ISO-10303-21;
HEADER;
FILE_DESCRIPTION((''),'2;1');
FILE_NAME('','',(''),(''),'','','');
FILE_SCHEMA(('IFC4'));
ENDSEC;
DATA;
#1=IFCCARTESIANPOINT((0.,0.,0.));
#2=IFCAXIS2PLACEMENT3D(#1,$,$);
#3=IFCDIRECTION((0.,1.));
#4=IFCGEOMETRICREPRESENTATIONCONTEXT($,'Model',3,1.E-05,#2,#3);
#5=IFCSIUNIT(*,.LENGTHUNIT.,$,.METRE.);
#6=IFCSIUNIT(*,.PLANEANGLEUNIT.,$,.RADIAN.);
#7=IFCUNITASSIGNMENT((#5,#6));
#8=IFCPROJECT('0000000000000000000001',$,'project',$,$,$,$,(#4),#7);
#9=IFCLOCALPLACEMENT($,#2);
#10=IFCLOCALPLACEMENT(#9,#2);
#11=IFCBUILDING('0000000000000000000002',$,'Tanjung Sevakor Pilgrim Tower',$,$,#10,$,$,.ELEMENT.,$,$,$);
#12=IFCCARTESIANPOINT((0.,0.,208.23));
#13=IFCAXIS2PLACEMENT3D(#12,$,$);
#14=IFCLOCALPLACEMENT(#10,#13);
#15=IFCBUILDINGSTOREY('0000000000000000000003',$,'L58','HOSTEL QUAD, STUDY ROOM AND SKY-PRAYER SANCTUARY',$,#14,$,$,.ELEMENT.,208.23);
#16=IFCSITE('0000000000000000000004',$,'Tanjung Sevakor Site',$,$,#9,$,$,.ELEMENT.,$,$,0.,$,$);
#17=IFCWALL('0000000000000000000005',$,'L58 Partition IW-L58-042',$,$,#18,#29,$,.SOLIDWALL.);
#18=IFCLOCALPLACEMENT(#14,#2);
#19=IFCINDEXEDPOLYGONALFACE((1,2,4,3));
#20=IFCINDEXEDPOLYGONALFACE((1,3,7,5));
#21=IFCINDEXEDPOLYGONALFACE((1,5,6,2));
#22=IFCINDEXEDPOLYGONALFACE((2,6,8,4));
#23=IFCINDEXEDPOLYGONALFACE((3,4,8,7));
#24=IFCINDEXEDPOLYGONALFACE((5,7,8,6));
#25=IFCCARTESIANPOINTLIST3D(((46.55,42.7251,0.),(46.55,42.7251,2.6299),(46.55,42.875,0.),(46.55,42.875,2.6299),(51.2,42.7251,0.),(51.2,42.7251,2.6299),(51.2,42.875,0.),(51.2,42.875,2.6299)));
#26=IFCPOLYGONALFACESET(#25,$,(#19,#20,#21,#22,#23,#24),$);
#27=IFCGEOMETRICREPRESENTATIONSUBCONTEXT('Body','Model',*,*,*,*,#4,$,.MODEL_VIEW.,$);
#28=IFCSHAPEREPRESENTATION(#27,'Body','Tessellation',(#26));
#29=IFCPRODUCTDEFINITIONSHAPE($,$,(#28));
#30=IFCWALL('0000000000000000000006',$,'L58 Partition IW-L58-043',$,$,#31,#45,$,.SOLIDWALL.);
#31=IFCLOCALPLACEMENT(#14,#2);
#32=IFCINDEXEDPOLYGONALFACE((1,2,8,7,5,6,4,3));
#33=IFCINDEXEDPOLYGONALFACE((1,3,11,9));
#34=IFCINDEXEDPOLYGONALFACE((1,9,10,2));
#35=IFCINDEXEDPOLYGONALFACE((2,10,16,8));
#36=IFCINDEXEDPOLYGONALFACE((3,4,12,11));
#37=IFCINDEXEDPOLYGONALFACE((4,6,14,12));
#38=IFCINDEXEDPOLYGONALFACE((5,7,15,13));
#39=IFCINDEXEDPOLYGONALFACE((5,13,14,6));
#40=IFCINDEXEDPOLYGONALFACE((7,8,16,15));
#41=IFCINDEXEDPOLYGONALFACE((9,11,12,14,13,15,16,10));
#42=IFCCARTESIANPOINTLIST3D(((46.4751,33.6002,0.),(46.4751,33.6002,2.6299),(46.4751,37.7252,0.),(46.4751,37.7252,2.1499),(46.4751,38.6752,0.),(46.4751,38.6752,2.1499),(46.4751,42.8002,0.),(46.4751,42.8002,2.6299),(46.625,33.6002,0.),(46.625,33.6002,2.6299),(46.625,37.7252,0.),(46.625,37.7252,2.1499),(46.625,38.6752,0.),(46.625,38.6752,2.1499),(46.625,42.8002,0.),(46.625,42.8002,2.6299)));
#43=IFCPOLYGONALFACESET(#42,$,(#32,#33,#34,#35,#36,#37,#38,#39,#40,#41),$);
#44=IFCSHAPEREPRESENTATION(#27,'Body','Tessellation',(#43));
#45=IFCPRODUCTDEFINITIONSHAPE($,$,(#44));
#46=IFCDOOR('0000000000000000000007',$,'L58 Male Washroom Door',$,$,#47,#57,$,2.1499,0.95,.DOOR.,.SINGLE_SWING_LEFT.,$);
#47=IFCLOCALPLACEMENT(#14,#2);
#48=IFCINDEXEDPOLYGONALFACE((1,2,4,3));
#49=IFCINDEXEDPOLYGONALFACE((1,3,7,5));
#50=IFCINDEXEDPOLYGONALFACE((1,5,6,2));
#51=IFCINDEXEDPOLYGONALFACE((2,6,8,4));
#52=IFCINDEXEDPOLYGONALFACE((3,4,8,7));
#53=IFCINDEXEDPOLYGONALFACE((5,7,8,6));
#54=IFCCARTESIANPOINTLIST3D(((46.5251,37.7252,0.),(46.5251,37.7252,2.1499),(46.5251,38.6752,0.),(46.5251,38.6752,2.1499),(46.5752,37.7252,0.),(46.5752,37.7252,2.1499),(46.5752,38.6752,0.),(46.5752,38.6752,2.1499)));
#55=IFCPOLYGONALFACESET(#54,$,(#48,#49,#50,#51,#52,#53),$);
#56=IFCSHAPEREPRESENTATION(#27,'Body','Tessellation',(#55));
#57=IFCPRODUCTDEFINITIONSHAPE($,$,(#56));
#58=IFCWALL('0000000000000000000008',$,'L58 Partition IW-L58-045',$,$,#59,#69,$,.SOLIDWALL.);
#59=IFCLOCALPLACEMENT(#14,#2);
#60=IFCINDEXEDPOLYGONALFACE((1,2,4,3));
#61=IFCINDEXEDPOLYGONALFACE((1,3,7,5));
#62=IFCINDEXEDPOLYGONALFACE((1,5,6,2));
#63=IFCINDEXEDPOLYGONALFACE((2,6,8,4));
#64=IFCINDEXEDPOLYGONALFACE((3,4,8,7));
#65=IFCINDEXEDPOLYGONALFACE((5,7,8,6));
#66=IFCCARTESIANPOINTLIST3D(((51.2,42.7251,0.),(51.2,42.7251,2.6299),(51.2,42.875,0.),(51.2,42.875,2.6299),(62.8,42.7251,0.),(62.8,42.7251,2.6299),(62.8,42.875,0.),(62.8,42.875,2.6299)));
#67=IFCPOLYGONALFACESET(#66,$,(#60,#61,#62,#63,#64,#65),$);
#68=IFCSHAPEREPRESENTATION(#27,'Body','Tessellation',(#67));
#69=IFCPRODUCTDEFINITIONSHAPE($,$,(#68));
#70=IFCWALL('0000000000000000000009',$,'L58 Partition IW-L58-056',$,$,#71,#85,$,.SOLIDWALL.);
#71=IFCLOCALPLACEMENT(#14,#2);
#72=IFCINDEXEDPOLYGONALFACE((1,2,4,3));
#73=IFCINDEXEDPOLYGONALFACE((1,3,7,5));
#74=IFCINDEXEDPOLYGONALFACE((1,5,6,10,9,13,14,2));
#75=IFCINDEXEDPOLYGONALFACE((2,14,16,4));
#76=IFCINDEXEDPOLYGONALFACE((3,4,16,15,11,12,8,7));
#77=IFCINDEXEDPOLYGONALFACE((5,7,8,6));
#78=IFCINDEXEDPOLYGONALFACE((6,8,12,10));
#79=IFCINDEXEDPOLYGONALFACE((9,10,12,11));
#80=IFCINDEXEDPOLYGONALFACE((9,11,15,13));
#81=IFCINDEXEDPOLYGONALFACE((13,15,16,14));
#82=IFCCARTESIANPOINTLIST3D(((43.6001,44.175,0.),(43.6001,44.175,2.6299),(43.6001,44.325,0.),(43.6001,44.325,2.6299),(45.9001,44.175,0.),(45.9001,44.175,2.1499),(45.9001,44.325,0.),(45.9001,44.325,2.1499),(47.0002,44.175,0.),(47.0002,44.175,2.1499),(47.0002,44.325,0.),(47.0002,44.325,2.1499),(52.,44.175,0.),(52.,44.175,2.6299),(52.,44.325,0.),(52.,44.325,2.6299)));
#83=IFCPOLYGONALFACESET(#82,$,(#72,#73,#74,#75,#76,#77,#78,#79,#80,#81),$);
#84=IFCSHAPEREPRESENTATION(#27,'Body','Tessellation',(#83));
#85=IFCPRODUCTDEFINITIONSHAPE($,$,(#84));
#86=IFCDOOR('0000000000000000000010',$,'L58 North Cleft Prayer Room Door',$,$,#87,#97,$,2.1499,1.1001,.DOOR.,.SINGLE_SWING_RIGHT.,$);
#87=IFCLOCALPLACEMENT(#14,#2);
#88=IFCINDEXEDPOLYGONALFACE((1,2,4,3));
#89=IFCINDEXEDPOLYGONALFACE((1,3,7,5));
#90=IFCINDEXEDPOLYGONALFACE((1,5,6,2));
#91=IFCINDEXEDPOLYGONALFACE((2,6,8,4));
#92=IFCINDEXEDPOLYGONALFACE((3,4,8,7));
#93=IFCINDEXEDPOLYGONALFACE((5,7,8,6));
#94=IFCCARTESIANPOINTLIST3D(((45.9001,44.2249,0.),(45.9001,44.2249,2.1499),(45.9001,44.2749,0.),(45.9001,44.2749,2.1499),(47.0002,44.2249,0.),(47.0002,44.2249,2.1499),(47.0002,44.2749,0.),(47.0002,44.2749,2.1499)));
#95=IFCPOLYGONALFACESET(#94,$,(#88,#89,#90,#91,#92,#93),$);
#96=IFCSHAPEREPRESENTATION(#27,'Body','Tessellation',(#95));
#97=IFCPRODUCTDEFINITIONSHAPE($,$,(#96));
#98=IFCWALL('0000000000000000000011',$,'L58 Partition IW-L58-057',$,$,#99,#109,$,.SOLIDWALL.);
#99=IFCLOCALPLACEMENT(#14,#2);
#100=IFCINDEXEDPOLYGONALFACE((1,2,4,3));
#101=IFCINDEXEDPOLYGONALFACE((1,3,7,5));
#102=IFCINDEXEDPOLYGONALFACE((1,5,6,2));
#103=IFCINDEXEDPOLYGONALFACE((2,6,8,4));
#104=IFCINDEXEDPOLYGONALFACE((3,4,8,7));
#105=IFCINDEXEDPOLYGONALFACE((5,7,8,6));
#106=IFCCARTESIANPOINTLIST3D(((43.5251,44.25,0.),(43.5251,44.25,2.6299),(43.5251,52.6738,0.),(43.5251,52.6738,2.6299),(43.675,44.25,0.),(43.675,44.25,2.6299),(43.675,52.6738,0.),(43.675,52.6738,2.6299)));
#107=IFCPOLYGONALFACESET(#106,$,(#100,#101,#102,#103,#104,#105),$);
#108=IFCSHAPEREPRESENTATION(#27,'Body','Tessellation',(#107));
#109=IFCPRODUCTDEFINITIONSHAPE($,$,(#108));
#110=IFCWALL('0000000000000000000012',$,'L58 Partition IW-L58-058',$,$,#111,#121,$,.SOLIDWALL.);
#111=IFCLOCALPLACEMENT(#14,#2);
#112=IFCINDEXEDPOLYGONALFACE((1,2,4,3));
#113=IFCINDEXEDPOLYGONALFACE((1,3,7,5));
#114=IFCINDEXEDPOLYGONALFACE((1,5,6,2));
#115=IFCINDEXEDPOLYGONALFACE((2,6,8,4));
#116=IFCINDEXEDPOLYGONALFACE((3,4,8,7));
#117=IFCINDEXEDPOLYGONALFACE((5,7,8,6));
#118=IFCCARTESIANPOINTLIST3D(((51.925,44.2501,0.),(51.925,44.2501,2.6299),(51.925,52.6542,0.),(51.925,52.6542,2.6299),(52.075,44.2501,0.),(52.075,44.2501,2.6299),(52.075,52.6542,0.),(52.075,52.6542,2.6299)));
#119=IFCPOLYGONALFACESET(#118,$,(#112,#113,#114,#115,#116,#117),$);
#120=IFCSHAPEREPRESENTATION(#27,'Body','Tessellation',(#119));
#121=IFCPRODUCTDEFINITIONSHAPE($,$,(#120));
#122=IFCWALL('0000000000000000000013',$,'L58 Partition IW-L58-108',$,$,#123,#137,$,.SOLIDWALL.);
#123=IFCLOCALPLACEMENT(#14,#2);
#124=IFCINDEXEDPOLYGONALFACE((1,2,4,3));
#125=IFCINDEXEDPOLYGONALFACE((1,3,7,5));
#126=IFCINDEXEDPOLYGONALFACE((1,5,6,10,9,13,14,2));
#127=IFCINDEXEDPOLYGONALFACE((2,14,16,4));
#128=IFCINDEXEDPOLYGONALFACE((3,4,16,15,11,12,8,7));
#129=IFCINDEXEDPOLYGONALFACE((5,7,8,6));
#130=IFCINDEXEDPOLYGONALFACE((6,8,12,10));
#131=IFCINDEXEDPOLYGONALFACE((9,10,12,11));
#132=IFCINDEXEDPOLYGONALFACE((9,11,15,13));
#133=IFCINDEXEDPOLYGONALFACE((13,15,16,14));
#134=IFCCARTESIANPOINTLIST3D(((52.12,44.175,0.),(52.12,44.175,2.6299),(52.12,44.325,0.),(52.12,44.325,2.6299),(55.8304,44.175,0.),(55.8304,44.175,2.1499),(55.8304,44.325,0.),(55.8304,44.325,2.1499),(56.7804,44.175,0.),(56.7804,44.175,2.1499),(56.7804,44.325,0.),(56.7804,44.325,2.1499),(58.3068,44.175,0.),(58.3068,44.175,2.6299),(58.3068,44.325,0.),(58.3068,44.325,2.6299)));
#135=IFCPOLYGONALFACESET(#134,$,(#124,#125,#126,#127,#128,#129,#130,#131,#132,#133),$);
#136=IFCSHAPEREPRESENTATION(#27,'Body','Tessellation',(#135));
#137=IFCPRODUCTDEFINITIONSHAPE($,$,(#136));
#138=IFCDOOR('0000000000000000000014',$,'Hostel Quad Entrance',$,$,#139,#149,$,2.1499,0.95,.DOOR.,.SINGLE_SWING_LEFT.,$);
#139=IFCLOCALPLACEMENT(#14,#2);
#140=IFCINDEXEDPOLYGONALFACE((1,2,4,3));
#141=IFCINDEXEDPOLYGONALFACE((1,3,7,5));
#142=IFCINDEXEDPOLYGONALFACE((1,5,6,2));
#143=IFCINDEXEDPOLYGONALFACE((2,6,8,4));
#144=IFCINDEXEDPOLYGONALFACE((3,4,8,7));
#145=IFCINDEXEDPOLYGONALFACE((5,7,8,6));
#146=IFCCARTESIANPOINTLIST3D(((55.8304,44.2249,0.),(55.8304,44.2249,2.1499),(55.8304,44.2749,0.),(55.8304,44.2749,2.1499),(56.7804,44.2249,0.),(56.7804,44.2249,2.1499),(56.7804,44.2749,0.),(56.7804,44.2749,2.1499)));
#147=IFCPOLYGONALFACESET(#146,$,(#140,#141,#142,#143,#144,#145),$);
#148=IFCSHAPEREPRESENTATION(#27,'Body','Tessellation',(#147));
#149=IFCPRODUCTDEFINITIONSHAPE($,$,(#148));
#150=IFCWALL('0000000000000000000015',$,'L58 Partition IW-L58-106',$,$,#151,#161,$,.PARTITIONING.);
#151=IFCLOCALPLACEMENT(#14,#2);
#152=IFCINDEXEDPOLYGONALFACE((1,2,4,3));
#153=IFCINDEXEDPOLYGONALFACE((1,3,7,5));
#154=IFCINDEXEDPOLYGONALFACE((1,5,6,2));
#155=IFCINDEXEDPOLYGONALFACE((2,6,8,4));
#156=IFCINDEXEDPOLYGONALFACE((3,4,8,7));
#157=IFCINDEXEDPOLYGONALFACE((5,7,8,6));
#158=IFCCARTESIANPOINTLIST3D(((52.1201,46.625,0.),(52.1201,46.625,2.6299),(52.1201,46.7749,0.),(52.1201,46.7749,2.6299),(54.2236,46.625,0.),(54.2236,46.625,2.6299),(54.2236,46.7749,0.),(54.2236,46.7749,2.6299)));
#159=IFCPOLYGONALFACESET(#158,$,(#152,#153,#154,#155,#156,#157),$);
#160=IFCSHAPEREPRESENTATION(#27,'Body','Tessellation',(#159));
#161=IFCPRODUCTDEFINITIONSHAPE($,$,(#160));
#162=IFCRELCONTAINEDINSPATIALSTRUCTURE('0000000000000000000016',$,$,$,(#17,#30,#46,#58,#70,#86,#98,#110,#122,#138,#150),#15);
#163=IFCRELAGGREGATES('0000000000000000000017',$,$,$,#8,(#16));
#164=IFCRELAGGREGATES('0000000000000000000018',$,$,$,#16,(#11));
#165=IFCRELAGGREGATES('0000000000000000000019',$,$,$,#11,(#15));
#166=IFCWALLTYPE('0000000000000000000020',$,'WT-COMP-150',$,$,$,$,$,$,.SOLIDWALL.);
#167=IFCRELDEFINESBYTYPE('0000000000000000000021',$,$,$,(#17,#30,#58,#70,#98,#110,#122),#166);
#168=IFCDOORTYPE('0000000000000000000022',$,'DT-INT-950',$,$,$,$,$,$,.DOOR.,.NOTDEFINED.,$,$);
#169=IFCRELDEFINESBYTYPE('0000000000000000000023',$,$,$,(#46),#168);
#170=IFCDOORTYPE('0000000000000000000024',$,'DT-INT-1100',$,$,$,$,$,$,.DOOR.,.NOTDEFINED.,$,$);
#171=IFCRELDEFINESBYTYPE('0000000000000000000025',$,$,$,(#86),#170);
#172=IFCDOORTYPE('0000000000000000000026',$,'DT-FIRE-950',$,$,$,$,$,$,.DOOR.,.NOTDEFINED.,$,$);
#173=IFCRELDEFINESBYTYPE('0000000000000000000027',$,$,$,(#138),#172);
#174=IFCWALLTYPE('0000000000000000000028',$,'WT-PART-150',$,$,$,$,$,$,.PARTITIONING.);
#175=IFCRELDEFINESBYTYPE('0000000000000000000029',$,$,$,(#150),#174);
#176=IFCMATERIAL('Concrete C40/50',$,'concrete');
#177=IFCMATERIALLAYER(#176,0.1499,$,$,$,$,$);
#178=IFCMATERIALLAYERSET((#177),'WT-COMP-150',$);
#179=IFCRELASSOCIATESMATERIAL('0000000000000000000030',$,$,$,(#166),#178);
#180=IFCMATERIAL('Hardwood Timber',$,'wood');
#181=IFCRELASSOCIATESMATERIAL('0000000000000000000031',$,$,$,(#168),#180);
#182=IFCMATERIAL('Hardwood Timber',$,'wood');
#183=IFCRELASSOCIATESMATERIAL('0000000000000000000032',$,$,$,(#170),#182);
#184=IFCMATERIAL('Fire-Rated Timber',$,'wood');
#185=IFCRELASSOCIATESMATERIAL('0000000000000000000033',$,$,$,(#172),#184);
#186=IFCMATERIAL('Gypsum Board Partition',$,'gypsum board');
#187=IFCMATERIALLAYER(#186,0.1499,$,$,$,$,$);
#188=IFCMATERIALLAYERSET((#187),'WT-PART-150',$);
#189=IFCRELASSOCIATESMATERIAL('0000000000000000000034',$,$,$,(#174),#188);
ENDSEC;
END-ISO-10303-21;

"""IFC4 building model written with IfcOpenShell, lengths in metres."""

from ifc_helpers import new_model, si_unit, direction, frame, frame_2d, origin, place, context, subcontext, project, spatial, rectangle, extrude, material, layer, layer_set, type_object, element, fill, save


model = new_model("IFC4")

# Units and contexts
model_context = context("Model", 3, precision=1e-05, world=origin(), true_north=direction((0.0, 1.0)))
body_context = subcontext(model_context, "Body", "Model", "MODEL_VIEW")
ifc_project = project(units=[si_unit("LENGTHUNIT", "METRE"), si_unit("PLANEANGLEUNIT", "RADIAN")], contexts=[model_context])

# Site, building, storey
site_placement = place(None, origin())
site = spatial("IfcSite", under=ifc_project, at=site_placement, Name="Tanjung Sevakor Site", CompositionType="ELEMENT", RefElevation=0.0)
building_placement = place(site_placement, origin())
building = spatial("IfcBuilding", under=site, at=building_placement, Name="Tanjung Sevakor Pilgrim Tower", CompositionType="ELEMENT")
storey_placement = place(building_placement, frame((0.0, 0.0, 208.23)))
storey = spatial("IfcBuildingStorey", under=building, at=storey_placement, Name="L58", Description="HOSTEL QUAD, STUDY ROOM AND SKY-PRAYER SANCTUARY", CompositionType="ELEMENT", Elevation=208.23)

# Wall
ifc_material_1 = material(Name="Concrete C40/50", Category="concrete")
ifc_layer_1 = layer(ifc_material_1, 0.1499)
ifc_layer_set_1 = layer_set([ifc_layer_1], Name="WT-COMP-150")
wall_type_1 = type_object("IfcWallType", Name="WT-COMP-150", PredefinedType="SOLIDWALL", material=ifc_layer_set_1)
for number, where, z_axis, x_axis, name in (
    (1, (46.55, 42.8, 0.0), (0.0, 0.0, 1.0), (1.0, 0.0, 0.0), "L58 Partition IW-L58-042"),
):
    element("IfcWall", number, at=place(storey_placement, frame(where, z_axis=z_axis, x_axis=x_axis)), inside=storey, type_object=wall_type_1, Name=name, PredefinedType="SOLIDWALL", context=body_context, shape_type="SweptSolid", body=[
        extrude(rectangle(XDim=4.6499, YDim=0.1499, at=frame_2d((2.325, 0.0))), origin(), (0.0, 0.0, 1.0), 2.6299),
    ])

# Wall, opening, door
wall_1_placement = place(storey_placement, frame((46.55, 33.6001, 0.0), z_axis=(0.0, 0.0, 1.0), x_axis=(0.0, 1.0, 0.0)))
wall_1 = element("IfcWall", 2, at=wall_1_placement, inside=storey, type_object=wall_type_1, Name="L58 Partition IW-L58-043", PredefinedType="SOLIDWALL", context=body_context, shape_type="SweptSolid", body=[
    extrude(rectangle(XDim=9.2, YDim=0.1499, at=frame_2d((4.6001, 0.0))), origin(), (0.0, 0.0, 1.0), 2.6299),
])
opening_1_placement = place(wall_1_placement, frame((4.125, 0.0, 0.0)))
opening_1 = element("IfcOpeningElement", 3, at=opening_1_placement, cuts=wall_1, PredefinedType="OPENING", context=body_context, shape_type="SweptSolid", body=[
    extrude(rectangle(XDim=0.95, YDim=2.1499, at=frame_2d((0.4751, 1.075))), frame((0.0, 0.085, 0.0), z_axis=(0.0, -1.0, 0.0), x_axis=(1.0, 0.0, 0.0)), (0.0, 0.0, 1.0), 0.1699),
])
ifc_material_2 = material(Name="Hardwood Timber", Category="wood")
door_type_1 = type_object("IfcDoorType", Name="DT-INT-950", OperationType="NOTDEFINED", PredefinedType="DOOR", material=ifc_material_2)
door_1_placement = place(opening_1_placement, origin())
door_1 = element("IfcDoor", 4, at=door_1_placement, inside=storey, type_object=door_type_1, Name="L58 Male Washroom Door", OperationType="SINGLE_SWING_LEFT", OverallHeight=2.1499, OverallWidth=0.95, PredefinedType="DOOR", context=body_context, shape_type="SweptSolid", body=[
    extrude(rectangle(XDim=0.95, YDim=2.1499, at=frame_2d((0.4751, 1.075))), frame((0.0, 0.0249, 0.0), z_axis=(0.0, -1.0, 0.0), x_axis=(1.0, 0.0, 0.0)), (0.0, 0.0, 1.0), 0.05),
])
fill(opening_1, door_1)

# Wall
wall_2_placement = place(storey_placement, frame((51.2, 42.8, 0.0), z_axis=(0.0, 0.0, 1.0), x_axis=(1.0, 0.0, 0.0)))
element("IfcWall", 5, at=wall_2_placement, inside=storey, type_object=wall_type_1, Name="L58 Partition IW-L58-045", PredefinedType="SOLIDWALL", context=body_context, shape_type="SweptSolid", body=[
    extrude(rectangle(XDim=11.6001, YDim=0.1499, at=frame_2d((5.8, 0.0))), origin(), (0.0, 0.0, 1.0), 2.6299),
])

# Wall, opening, door
wall_3_placement = place(storey_placement, frame((43.6001, 44.25, 0.0), z_axis=(0.0, 0.0, 1.0), x_axis=(1.0, 0.0, 0.0)))
wall_3 = element("IfcWall", 6, at=wall_3_placement, inside=storey, type_object=wall_type_1, Name="L58 Partition IW-L58-056", PredefinedType="SOLIDWALL", context=body_context, shape_type="SweptSolid", body=[
    extrude(rectangle(XDim=8.3999, YDim=0.1499, at=frame_2d((4.2, 0.0))), origin(), (0.0, 0.0, 1.0), 2.6299),
])
opening_2_placement = place(wall_3_placement, frame((2.3, 0.0, 0.0)))
opening_2 = element("IfcOpeningElement", 7, at=opening_2_placement, cuts=wall_3, PredefinedType="OPENING", context=body_context, shape_type="SweptSolid", body=[
    extrude(rectangle(XDim=1.1001, YDim=2.1499, at=frame_2d((0.55, 1.075))), frame((0.0, 0.085, 0.0), z_axis=(0.0, -1.0, 0.0), x_axis=(1.0, 0.0, 0.0)), (0.0, 0.0, 1.0), 0.1699),
])
ifc_material_3 = material(Name="Hardwood Timber", Category="wood")
door_type_2 = type_object("IfcDoorType", Name="DT-INT-1100", OperationType="NOTDEFINED", PredefinedType="DOOR", material=ifc_material_3)
door_2_placement = place(opening_2_placement, origin())
door_2 = element("IfcDoor", 8, at=door_2_placement, inside=storey, type_object=door_type_2, Name="L58 North Cleft Prayer Room Door", OperationType="SINGLE_SWING_RIGHT", OverallHeight=2.1499, OverallWidth=1.1001, PredefinedType="DOOR", context=body_context, shape_type="SweptSolid", body=[
    extrude(rectangle(XDim=1.1001, YDim=2.1499, at=frame_2d((0.55, 1.075))), frame((0.0, 0.0249, 0.0), z_axis=(0.0, -1.0, 0.0), x_axis=(1.0, 0.0, 0.0)), (0.0, 0.0, 1.0), 0.05),
])
fill(opening_2, door_2)

# Walls
wall_4_placement = place(storey_placement, frame((43.6001, 44.25, 0.0), z_axis=(0.0, 0.0, 1.0), x_axis=(0.0, 1.0, 0.0)))
element("IfcWall", 9, at=wall_4_placement, inside=storey, type_object=wall_type_1, Name="L58 Partition IW-L58-057", PredefinedType="SOLIDWALL", context=body_context, shape_type="SweptSolid", body=[
    extrude(rectangle(XDim=8.4238, YDim=0.1499, at=frame_2d((4.2119, 0.0))), origin(), (0.0, 0.0, 1.0), 2.6299),
])
wall_5_placement = place(storey_placement, frame((52.0, 44.25, 0.0), z_axis=(0.0, 0.0, 1.0), x_axis=(0.0, 1.0, 0.0)))
element("IfcWall", 10, at=wall_5_placement, inside=storey, type_object=wall_type_1, Name="L58 Partition IW-L58-058", PredefinedType="SOLIDWALL", context=body_context, shape_type="SweptSolid", body=[
    extrude(rectangle(XDim=8.4041, YDim=0.1499, at=frame_2d((4.2021, 0.0))), origin(), (0.0, 0.0, 1.0), 2.6299),
])

# Wall, opening, door
wall_6_placement = place(storey_placement, frame((52.1201, 44.25, 0.0), z_axis=(0.0, 0.0, 1.0), x_axis=(1.0, 0.0, 0.0)))
wall_6 = element("IfcWall", 11, at=wall_6_placement, inside=storey, type_object=wall_type_1, Name="L58 Partition IW-L58-108", PredefinedType="SOLIDWALL", context=body_context, shape_type="SweptSolid", body=[
    extrude(rectangle(XDim=6.1868, YDim=0.1499, at=frame_2d((3.0933, 0.0))), origin(), (0.0, 0.0, 1.0), 2.6299),
])
opening_3_placement = place(wall_6_placement, frame((3.7102, 0.0, 0.0)))
opening_3 = element("IfcOpeningElement", 12, at=opening_3_placement, cuts=wall_6, PredefinedType="OPENING", context=body_context, shape_type="SweptSolid", body=[
    extrude(rectangle(XDim=0.95, YDim=2.1499, at=frame_2d((0.4751, 1.075))), frame((0.0, 0.085, 0.0), z_axis=(0.0, -1.0, 0.0), x_axis=(1.0, 0.0, 0.0)), (0.0, 0.0, 1.0), 0.1699),
])
ifc_material_4 = material(Name="Fire-Rated Timber", Category="wood")
door_type_3 = type_object("IfcDoorType", Name="DT-FIRE-950", OperationType="NOTDEFINED", PredefinedType="DOOR", material=ifc_material_4)
door_3_placement = place(opening_3_placement, origin())
door_3 = element("IfcDoor", 13, at=door_3_placement, inside=storey, type_object=door_type_3, Name="Hostel Quad Entrance", OperationType="SINGLE_SWING_LEFT", OverallHeight=2.1499, OverallWidth=0.95, PredefinedType="DOOR", context=body_context, shape_type="SweptSolid", body=[
    extrude(rectangle(XDim=0.95, YDim=2.1499, at=frame_2d((0.4751, 1.075))), frame((0.0, 0.0249, 0.0), z_axis=(0.0, -1.0, 0.0), x_axis=(1.0, 0.0, 0.0)), (0.0, 0.0, 1.0), 0.05),
])
fill(opening_3, door_3)

# Wall
ifc_material_5 = material(Name="Gypsum Board Partition", Category="gypsum board")
ifc_layer_2 = layer(ifc_material_5, 0.1499)
ifc_layer_set_2 = layer_set([ifc_layer_2], Name="WT-PART-150")
wall_type_2 = type_object("IfcWallType", Name="WT-PART-150", PredefinedType="PARTITIONING", material=ifc_layer_set_2)
wall_7_placement = place(storey_placement, frame((52.1201, 46.7, 0.0), z_axis=(0.0, 0.0, 1.0), x_axis=(1.0, 0.0, 0.0)))
element("IfcWall", 14, at=wall_7_placement, inside=storey, type_object=wall_type_2, Name="L58 Partition IW-L58-106", PredefinedType="PARTITIONING", context=body_context, shape_type="SweptSolid", body=[
    extrude(rectangle(XDim=2.1035, YDim=0.1499, at=frame_2d((1.0518, 0.0))), origin(), (0.0, 0.0, 1.0), 2.6299),
])

save(model, "model.ifc")
